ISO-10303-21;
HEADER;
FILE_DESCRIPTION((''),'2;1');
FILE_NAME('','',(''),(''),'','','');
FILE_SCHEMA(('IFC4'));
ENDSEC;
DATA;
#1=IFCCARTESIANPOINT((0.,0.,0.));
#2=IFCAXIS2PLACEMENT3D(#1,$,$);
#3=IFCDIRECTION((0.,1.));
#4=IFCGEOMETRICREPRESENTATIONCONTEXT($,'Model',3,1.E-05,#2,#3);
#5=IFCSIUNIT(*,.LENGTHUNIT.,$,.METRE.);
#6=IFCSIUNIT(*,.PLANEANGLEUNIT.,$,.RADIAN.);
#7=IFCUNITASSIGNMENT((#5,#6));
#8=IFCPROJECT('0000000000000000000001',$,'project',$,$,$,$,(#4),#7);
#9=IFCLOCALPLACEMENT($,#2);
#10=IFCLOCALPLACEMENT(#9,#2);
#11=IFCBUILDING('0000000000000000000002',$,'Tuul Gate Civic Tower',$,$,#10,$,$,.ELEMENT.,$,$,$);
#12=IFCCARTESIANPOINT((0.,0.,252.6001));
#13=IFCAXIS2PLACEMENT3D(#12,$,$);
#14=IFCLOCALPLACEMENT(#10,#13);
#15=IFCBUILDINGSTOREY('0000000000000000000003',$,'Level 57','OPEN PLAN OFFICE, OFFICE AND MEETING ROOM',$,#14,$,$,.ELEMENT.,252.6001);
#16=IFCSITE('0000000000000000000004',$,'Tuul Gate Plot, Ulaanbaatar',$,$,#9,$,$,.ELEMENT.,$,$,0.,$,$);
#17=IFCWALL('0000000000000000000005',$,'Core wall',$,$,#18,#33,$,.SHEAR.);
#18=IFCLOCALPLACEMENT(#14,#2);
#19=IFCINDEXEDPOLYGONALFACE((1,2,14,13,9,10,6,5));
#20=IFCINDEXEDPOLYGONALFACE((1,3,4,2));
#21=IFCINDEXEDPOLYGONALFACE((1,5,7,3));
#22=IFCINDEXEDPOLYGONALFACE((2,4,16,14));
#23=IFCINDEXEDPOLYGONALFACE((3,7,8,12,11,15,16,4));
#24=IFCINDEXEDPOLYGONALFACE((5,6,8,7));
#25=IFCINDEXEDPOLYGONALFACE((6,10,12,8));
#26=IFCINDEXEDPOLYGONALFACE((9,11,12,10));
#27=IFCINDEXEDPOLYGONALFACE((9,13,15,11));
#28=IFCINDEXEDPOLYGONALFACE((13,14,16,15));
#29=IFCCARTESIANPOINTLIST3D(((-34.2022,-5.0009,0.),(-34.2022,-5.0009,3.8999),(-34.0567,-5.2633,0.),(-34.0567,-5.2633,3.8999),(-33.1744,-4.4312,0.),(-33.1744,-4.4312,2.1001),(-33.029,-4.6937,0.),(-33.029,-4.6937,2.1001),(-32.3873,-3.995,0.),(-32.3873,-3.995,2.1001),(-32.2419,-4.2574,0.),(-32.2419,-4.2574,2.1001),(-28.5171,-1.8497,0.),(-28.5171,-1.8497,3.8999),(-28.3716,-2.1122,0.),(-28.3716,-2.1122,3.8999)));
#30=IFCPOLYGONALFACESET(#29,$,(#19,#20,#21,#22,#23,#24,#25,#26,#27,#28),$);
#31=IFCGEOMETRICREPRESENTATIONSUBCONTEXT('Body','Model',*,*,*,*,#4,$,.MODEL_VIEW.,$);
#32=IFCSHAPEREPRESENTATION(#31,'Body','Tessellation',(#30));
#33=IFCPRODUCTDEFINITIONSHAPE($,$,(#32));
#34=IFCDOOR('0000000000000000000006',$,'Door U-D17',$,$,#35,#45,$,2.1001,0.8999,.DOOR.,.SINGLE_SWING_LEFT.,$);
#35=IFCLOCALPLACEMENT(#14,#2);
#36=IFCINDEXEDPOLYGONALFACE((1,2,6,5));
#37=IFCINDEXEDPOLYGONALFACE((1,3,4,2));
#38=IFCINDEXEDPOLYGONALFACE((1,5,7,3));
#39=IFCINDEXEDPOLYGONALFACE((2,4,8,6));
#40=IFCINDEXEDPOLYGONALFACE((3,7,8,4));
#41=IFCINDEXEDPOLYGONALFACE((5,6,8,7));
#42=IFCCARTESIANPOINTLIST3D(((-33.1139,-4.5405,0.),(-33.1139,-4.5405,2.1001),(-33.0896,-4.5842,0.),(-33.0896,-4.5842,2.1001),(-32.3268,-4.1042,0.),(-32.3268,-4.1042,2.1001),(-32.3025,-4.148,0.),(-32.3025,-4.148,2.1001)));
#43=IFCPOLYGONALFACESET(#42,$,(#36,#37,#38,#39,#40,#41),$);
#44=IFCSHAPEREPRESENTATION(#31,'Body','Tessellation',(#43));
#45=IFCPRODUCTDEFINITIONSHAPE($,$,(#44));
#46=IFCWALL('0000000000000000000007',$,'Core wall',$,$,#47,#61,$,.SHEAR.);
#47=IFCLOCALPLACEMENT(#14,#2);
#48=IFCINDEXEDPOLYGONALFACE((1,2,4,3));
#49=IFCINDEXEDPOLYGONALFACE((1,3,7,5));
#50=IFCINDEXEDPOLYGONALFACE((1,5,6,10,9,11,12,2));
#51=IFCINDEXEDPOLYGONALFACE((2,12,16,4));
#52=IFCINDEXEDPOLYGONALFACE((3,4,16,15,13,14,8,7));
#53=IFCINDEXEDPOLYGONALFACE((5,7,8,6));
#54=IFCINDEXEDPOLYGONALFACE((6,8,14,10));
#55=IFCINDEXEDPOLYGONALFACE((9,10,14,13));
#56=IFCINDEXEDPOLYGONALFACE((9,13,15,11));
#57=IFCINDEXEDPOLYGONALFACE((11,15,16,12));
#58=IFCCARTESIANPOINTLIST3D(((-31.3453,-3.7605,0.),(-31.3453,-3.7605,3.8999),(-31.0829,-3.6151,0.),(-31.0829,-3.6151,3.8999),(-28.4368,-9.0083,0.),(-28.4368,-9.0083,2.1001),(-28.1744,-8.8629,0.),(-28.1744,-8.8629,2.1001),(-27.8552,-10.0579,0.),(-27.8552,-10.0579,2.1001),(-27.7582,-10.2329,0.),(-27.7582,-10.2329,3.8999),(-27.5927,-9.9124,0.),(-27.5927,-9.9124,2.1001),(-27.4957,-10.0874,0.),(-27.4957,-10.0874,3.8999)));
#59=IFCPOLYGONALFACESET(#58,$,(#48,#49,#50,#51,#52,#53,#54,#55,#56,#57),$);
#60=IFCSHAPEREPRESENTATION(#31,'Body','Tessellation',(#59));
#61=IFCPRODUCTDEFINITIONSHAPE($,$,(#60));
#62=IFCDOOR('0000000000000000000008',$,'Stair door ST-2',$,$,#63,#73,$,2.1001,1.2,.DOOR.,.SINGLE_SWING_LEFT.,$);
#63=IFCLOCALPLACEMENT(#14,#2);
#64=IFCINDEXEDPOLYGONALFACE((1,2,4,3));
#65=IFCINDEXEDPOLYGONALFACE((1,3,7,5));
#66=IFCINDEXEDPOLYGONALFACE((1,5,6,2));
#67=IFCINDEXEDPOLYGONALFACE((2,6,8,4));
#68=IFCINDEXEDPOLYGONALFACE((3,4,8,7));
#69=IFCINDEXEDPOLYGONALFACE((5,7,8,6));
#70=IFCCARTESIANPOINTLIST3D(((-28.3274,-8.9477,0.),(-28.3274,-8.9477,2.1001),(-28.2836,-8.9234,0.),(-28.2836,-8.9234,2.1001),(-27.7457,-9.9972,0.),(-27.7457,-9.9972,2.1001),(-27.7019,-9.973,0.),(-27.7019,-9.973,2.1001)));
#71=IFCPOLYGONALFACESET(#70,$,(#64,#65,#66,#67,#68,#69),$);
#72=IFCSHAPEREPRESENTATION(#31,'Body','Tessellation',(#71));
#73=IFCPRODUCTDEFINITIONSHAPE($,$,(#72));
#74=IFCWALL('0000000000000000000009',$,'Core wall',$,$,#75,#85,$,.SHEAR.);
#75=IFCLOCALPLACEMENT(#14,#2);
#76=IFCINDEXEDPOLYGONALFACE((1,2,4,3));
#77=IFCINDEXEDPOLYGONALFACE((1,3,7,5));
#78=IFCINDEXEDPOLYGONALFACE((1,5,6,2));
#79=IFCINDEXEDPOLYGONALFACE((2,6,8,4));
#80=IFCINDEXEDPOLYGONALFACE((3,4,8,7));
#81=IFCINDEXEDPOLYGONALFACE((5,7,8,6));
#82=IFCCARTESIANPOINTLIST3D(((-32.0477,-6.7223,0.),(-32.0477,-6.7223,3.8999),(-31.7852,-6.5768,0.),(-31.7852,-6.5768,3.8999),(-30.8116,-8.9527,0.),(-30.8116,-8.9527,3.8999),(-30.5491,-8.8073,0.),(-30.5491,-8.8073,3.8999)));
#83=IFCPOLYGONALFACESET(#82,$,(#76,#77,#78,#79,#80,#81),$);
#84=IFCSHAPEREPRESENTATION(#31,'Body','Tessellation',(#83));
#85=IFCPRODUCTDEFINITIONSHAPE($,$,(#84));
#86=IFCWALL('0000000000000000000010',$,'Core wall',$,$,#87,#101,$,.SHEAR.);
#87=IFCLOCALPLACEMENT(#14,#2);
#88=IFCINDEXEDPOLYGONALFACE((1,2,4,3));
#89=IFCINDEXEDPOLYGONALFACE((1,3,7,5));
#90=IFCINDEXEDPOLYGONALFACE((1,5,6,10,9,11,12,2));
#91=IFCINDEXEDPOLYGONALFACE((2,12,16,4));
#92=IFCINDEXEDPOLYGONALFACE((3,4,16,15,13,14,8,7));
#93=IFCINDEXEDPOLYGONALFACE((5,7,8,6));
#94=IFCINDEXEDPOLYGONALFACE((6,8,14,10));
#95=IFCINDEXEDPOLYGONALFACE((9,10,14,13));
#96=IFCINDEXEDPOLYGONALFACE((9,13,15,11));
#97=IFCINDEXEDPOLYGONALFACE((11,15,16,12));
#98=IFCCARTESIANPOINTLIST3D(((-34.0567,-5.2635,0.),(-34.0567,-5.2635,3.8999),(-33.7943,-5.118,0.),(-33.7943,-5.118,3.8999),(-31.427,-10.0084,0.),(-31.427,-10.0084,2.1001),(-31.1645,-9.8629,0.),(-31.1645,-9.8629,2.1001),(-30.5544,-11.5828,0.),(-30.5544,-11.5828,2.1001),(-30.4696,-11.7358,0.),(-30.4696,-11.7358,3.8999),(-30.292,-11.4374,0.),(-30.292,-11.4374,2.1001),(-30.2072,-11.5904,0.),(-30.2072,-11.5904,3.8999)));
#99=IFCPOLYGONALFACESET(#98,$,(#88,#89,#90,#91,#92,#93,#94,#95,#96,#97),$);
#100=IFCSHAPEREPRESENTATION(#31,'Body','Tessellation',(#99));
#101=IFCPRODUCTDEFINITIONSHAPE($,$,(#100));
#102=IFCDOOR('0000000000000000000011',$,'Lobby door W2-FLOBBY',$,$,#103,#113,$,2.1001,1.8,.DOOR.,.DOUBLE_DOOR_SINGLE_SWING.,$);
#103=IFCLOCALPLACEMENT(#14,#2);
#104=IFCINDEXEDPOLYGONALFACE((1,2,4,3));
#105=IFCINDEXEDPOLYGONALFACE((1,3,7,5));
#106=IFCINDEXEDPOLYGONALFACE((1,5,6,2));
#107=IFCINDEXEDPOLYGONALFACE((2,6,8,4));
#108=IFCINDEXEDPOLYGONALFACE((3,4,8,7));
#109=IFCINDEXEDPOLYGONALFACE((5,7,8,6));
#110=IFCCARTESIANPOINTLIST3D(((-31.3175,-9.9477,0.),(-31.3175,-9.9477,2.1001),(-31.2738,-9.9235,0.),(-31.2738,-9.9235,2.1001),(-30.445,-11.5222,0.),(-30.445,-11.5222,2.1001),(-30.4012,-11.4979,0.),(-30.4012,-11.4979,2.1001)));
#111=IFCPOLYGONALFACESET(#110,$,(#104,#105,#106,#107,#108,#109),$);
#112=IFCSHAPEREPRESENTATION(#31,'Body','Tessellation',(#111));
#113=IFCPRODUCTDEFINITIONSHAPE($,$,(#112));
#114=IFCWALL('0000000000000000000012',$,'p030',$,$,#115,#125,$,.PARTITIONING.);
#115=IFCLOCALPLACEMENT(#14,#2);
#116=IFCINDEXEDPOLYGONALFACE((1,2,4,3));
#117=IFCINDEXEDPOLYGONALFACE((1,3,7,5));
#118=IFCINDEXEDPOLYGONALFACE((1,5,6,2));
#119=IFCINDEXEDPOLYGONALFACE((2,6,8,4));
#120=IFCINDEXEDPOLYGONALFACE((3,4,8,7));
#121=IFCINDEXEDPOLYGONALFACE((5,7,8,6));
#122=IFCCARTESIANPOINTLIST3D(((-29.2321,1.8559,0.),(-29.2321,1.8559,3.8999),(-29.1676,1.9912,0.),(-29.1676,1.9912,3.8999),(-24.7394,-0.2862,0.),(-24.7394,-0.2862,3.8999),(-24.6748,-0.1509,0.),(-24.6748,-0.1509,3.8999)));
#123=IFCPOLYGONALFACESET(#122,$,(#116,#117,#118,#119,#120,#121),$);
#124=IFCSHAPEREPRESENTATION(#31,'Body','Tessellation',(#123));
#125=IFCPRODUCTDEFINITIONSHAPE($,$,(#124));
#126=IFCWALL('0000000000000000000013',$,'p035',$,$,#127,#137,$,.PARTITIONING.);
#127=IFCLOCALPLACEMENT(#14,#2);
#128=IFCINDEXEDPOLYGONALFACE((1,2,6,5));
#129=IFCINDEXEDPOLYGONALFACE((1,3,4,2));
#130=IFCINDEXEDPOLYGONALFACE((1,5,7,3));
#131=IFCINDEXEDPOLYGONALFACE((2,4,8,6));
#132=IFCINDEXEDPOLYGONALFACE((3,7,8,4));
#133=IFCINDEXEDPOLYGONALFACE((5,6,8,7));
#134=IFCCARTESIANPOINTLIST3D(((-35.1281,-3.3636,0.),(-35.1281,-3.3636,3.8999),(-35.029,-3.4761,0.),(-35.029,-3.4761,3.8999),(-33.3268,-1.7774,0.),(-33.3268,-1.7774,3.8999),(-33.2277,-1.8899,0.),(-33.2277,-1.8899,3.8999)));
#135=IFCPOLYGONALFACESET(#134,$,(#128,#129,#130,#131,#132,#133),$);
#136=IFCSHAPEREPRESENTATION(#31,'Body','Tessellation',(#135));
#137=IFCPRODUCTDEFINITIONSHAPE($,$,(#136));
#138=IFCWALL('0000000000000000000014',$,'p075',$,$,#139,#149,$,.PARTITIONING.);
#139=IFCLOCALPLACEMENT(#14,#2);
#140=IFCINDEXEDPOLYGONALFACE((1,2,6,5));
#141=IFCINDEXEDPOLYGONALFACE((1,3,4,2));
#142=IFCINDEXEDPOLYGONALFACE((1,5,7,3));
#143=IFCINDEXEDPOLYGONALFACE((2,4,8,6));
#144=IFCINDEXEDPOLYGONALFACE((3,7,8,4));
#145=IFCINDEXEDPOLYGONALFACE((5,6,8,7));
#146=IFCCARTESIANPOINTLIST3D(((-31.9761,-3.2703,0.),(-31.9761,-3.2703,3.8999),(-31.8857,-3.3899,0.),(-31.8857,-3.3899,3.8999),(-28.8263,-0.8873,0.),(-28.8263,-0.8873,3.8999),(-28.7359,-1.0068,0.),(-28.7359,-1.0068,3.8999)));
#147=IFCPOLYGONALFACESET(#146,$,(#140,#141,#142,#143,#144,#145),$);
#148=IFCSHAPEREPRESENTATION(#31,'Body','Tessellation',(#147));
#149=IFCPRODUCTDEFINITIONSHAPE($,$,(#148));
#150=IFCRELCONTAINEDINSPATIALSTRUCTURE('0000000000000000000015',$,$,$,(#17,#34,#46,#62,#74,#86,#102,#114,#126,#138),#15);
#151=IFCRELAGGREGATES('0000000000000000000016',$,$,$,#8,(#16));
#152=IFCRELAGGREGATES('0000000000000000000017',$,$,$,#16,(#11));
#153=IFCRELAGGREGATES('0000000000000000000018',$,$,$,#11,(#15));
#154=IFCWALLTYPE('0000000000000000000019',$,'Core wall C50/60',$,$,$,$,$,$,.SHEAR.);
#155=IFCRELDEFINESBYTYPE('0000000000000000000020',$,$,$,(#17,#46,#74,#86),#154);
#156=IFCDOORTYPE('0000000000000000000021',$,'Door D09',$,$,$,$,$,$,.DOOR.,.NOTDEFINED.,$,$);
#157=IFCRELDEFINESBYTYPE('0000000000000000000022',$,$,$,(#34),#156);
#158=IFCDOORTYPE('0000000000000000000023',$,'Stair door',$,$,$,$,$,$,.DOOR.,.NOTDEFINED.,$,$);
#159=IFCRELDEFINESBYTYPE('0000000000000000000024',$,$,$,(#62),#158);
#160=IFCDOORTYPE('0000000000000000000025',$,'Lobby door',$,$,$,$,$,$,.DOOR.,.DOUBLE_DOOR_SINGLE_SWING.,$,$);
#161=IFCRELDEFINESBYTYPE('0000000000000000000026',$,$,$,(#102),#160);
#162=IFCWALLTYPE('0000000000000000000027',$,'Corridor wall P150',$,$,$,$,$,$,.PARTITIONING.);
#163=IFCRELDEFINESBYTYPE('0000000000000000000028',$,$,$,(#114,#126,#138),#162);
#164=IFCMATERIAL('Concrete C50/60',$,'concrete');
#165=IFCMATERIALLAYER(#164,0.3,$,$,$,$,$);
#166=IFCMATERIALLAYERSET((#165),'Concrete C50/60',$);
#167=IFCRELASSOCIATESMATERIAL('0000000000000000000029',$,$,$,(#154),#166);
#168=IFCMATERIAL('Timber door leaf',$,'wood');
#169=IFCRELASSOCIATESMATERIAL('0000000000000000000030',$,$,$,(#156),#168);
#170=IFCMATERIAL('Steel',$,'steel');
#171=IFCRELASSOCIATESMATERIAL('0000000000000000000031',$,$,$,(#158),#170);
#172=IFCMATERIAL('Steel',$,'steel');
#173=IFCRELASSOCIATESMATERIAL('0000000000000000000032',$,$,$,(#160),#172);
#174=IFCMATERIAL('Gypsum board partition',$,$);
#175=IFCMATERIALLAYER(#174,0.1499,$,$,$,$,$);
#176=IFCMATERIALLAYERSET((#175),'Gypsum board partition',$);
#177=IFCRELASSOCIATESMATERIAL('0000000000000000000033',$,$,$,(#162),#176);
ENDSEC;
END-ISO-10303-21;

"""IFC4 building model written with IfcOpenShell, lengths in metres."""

from ifc_helpers import new_model, si_unit, direction, frame, frame_2d, origin, place, context, subcontext, project, spatial, rectangle, extrude, material, layer, layer_set, type_object, element, fill, save


model = new_model("IFC4")

# Units and contexts
model_context = context("Model", 3, precision=1e-05, world=origin(), true_north=direction((0.0, 1.0)))
body_context = subcontext(model_context, "Body", "Model", "MODEL_VIEW")
ifc_project = project(units=[si_unit("LENGTHUNIT", "METRE"), si_unit("PLANEANGLEUNIT", "RADIAN")], contexts=[model_context])

# Site, building, storey
site_placement = place(None, origin())
site = spatial("IfcSite", under=ifc_project, at=site_placement, Name="Tuul Gate Plot, Ulaanbaatar", CompositionType="ELEMENT", RefElevation=0.0)
building_placement = place(site_placement, origin())
building = spatial("IfcBuilding", under=site, at=building_placement, Name="Tuul Gate Civic Tower", CompositionType="ELEMENT")
storey_placement = place(building_placement, frame((0.0, 0.0, 252.6001)))
storey = spatial("IfcBuildingStorey", under=building, at=storey_placement, Name="Level 57", Description="OPEN PLAN OFFICE, OFFICE AND MEETING ROOM", CompositionType="ELEMENT", Elevation=252.6001)

# Shared definitions
ifc_material_1 = material(Name="Concrete C50/60", Category="concrete")
ifc_layer_1 = layer(ifc_material_1, 0.3)
ifc_layer_set_1 = layer_set([ifc_layer_1], Name="Concrete C50/60")
wall_type_1 = type_object("IfcWallType", Name="Core wall C50/60", PredefinedType="SHEAR", material=ifc_layer_set_1)
ifc_material_2 = material(Name="Timber door leaf", Category="wood")
door_type_1 = type_object("IfcDoorType", Name="Door D09", OperationType="NOTDEFINED", PredefinedType="DOOR", material=ifc_material_2)

# Walls, openings, doors
wall_1_placement = place(storey_placement, frame((-28.4443, -1.981, 0.0), z_axis=(0.0, 0.0, 1.0), x_axis=(-0.87463, -0.484791, 0.0)))
wall_1 = element("IfcWall", 1, at=wall_1_placement, inside=storey, type_object=wall_type_1, Name="Core wall", PredefinedType="SHEAR", context=body_context, shape_type="SweptSolid", body=[
    extrude(rectangle(XDim=6.5, YDim=0.3, at=frame_2d((3.25, 0.0))), origin(), (0.0, 0.0, 1.0), 3.8999),
])
opening_1_placement = place(wall_1_placement, frame((4.425, 0.0, 0.0)))
opening_1 = element("IfcOpeningElement", 2, at=opening_1_placement, cuts=wall_1, PredefinedType="OPENING", context=body_context, shape_type="SweptSolid", body=[
    extrude(rectangle(XDim=0.8999, YDim=2.1001, at=frame_2d((0.45, 1.05))), frame((0.0, 0.1602, 0.0), z_axis=(0.0, -1.0, 0.0), x_axis=(1.0, 0.0, 0.0)), (0.0, 0.0, 1.0), 0.3201),
])
door_1_placement = place(opening_1_placement, origin())
door_1 = element("IfcDoor", 3, at=door_1_placement, inside=storey, type_object=door_type_1, Name="Door U-D17", OperationType="SINGLE_SWING_LEFT", OverallHeight=2.1001, OverallWidth=0.8999, PredefinedType="DOOR", context=body_context, shape_type="SweptSolid", body=[
    extrude(rectangle(XDim=0.8999, YDim=2.1001, at=frame_2d((0.45, 1.05))), frame((0.0, 0.0249, 0.0), z_axis=(0.0, -1.0, 0.0), x_axis=(1.0, 0.0, 0.0)), (0.0, 0.0, 1.0), 0.05),
])
fill(opening_1, door_1)
wall_2_placement = place(storey_placement, frame((-27.627, -10.1602, 0.0), z_axis=(0.0, 0.0, 1.0), x_axis=(-0.484752, 0.874652, 0.0)))
wall_2 = element("IfcWall", 4, at=wall_2_placement, inside=storey, type_object=wall_type_1, Name="Core wall", PredefinedType="SHEAR", context=body_context, shape_type="SweptSolid", body=[
    extrude(rectangle(XDim=7.3999, YDim=0.3, at=frame_2d((3.7, 0.0))), origin(), (0.0, 0.0, 1.0), 3.8999),
])
opening_2_placement = place(wall_2_placement, frame((0.2, 0.0, 0.0)))
opening_2 = element("IfcOpeningElement", 5, at=opening_2_placement, cuts=wall_2, PredefinedType="OPENING", context=body_context, shape_type="SweptSolid", body=[
    extrude(rectangle(XDim=1.2, YDim=2.1001, at=frame_2d((0.6001, 1.05))), frame((0.0, 0.1602, 0.0), z_axis=(0.0, -1.0, 0.0), x_axis=(1.0, 0.0, 0.0)), (0.0, 0.0, 1.0), 0.3201),
])
ifc_material_3 = material(Name="Steel", Category="steel")
door_type_2 = type_object("IfcDoorType", Name="Stair door", OperationType="NOTDEFINED", PredefinedType="DOOR", material=ifc_material_3)
door_2_placement = place(opening_2_placement, origin())
door_2 = element("IfcDoor", 6, at=door_2_placement, inside=storey, type_object=door_type_2, Name="Stair door ST-2", OperationType="SINGLE_SWING_LEFT", OverallHeight=2.1001, OverallWidth=1.2, PredefinedType="DOOR", context=body_context, shape_type="SweptSolid", body=[
    extrude(rectangle(XDim=1.2, YDim=2.1001, at=frame_2d((0.6001, 1.05))), frame((0.0, 0.0249, 0.0), z_axis=(0.0, -1.0, 0.0), x_axis=(1.0, 0.0, 0.0)), (0.0, 0.0, 1.0), 0.05),
])
fill(opening_2, door_2)

# Wall
wall_3_placement = place(storey_placement, frame((-30.6804, -8.8799, 0.0), z_axis=(0.0, 0.0, 1.0), x_axis=(-0.484724, 0.874667, 0.0)))
element("IfcWall", 7, at=wall_3_placement, inside=storey, type_object=wall_type_1, Name="Core wall", PredefinedType="SHEAR", context=body_context, shape_type="SweptSolid", body=[
    extrude(rectangle(XDim=2.55, YDim=0.3, at=frame_2d((1.2749, 0.0))), origin(), (0.0, 0.0, 1.0), 3.8999),
])

# Wall, opening, door
wall_4_placement = place(storey_placement, frame((-30.3384, -11.6631, 0.0), z_axis=(0.0, 0.0, 1.0), x_axis=(-0.484752, 0.874652, 0.0)))
wall_4 = element("IfcWall", 8, at=wall_4_placement, inside=storey, type_object=wall_type_1, Name="Core wall", PredefinedType="SHEAR", context=body_context, shape_type="SweptSolid", body=[
    extrude(rectangle(XDim=7.3999, YDim=0.3, at=frame_2d((3.7, 0.0))), origin(), (0.0, 0.0, 1.0), 3.8999),
])
opening_3_placement = place(wall_4_placement, frame((0.175, 0.0, 0.0)))
opening_3 = element("IfcOpeningElement", 9, at=opening_3_placement, cuts=wall_4, PredefinedType="OPENING", context=body_context, shape_type="SweptSolid", body=[
    extrude(rectangle(XDim=1.8, YDim=2.1001, at=frame_2d((0.8999, 1.05))), frame((0.0, 0.1602, 0.0), z_axis=(0.0, -1.0, 0.0), x_axis=(1.0, 0.0, 0.0)), (0.0, 0.0, 1.0), 0.3201),
])
ifc_material_4 = material(Name="Steel", Category="steel")
door_type_3 = type_object("IfcDoorType", Name="Lobby door", OperationType="DOUBLE_DOOR_SINGLE_SWING", PredefinedType="DOOR", material=ifc_material_4)
door_3_placement = place(opening_3_placement, origin())
door_3 = element("IfcDoor", 10, at=door_3_placement, inside=storey, type_object=door_type_3, Name="Lobby door W2-FLOBBY", OperationType="DOUBLE_DOOR_SINGLE_SWING", OverallHeight=2.1001, OverallWidth=1.8, PredefinedType="DOOR", context=body_context, shape_type="SweptSolid", body=[
    extrude(rectangle(XDim=1.8, YDim=2.1001, at=frame_2d((0.8999, 1.05))), frame((0.0, 0.0249, 0.0), z_axis=(0.0, -1.0, 0.0), x_axis=(1.0, 0.0, 0.0)), (0.0, 0.0, 1.0), 0.05),
])
fill(opening_3, door_3)

# Walls
ifc_material_5 = material(Name="Gypsum board partition")
ifc_layer_2 = layer(ifc_material_5, 0.1499)
ifc_layer_set_2 = layer_set([ifc_layer_2], Name="Gypsum board partition")
wall_type_2 = type_object("IfcWallType", Name="Corridor wall P150", PredefinedType="PARTITIONING", material=ifc_layer_set_2)
wall_5_placement = place(storey_placement, frame((-29.2, 1.9236, 0.0), z_axis=(0.0, 0.0, 1.0), x_axis=(0.902648, -0.430379, 0.0)))
element("IfcWall", 11, at=wall_5_placement, inside=storey, type_object=wall_type_2, Name="p030", PredefinedType="PARTITIONING", context=body_context, shape_type="SweptSolid", body=[
    extrude(rectangle(XDim=4.9773, YDim=0.1499, at=frame_2d((2.4888, 0.0))), origin(), (0.0, 0.0, 1.0), 3.8999),
])
wall_6_placement = place(storey_placement, frame((-35.0786, -3.4199, 0.0), z_axis=(0.0, 0.0, 1.0), x_axis=(0.750494, 0.660878, 0.0)))
element("IfcWall", 12, at=wall_6_placement, inside=storey, type_object=wall_type_2, Name="p035", PredefinedType="PARTITIONING", context=body_context, shape_type="SweptSolid", body=[
    extrude(rectangle(XDim=2.4001, YDim=0.1499, at=frame_2d((1.2002, 0.0))), origin(), (0.0, 0.0, 1.0), 3.8999),
])
wall_7_placement = place(storey_placement, frame((-31.9309, -3.3301, 0.0), z_axis=(0.0, 0.0, 1.0), x_axis=(0.797486, 0.603338, 0.0)))
element("IfcWall", 13, at=wall_7_placement, inside=storey, type_object=wall_type_2, Name="p075", PredefinedType="PARTITIONING", context=body_context, shape_type="SweptSolid", body=[
    extrude(rectangle(XDim=3.9497, YDim=0.1499, at=frame_2d((1.9749, 0.0))), origin(), (0.0, 0.0, 1.0), 3.8999),
])

save(model, "model.ifc")
